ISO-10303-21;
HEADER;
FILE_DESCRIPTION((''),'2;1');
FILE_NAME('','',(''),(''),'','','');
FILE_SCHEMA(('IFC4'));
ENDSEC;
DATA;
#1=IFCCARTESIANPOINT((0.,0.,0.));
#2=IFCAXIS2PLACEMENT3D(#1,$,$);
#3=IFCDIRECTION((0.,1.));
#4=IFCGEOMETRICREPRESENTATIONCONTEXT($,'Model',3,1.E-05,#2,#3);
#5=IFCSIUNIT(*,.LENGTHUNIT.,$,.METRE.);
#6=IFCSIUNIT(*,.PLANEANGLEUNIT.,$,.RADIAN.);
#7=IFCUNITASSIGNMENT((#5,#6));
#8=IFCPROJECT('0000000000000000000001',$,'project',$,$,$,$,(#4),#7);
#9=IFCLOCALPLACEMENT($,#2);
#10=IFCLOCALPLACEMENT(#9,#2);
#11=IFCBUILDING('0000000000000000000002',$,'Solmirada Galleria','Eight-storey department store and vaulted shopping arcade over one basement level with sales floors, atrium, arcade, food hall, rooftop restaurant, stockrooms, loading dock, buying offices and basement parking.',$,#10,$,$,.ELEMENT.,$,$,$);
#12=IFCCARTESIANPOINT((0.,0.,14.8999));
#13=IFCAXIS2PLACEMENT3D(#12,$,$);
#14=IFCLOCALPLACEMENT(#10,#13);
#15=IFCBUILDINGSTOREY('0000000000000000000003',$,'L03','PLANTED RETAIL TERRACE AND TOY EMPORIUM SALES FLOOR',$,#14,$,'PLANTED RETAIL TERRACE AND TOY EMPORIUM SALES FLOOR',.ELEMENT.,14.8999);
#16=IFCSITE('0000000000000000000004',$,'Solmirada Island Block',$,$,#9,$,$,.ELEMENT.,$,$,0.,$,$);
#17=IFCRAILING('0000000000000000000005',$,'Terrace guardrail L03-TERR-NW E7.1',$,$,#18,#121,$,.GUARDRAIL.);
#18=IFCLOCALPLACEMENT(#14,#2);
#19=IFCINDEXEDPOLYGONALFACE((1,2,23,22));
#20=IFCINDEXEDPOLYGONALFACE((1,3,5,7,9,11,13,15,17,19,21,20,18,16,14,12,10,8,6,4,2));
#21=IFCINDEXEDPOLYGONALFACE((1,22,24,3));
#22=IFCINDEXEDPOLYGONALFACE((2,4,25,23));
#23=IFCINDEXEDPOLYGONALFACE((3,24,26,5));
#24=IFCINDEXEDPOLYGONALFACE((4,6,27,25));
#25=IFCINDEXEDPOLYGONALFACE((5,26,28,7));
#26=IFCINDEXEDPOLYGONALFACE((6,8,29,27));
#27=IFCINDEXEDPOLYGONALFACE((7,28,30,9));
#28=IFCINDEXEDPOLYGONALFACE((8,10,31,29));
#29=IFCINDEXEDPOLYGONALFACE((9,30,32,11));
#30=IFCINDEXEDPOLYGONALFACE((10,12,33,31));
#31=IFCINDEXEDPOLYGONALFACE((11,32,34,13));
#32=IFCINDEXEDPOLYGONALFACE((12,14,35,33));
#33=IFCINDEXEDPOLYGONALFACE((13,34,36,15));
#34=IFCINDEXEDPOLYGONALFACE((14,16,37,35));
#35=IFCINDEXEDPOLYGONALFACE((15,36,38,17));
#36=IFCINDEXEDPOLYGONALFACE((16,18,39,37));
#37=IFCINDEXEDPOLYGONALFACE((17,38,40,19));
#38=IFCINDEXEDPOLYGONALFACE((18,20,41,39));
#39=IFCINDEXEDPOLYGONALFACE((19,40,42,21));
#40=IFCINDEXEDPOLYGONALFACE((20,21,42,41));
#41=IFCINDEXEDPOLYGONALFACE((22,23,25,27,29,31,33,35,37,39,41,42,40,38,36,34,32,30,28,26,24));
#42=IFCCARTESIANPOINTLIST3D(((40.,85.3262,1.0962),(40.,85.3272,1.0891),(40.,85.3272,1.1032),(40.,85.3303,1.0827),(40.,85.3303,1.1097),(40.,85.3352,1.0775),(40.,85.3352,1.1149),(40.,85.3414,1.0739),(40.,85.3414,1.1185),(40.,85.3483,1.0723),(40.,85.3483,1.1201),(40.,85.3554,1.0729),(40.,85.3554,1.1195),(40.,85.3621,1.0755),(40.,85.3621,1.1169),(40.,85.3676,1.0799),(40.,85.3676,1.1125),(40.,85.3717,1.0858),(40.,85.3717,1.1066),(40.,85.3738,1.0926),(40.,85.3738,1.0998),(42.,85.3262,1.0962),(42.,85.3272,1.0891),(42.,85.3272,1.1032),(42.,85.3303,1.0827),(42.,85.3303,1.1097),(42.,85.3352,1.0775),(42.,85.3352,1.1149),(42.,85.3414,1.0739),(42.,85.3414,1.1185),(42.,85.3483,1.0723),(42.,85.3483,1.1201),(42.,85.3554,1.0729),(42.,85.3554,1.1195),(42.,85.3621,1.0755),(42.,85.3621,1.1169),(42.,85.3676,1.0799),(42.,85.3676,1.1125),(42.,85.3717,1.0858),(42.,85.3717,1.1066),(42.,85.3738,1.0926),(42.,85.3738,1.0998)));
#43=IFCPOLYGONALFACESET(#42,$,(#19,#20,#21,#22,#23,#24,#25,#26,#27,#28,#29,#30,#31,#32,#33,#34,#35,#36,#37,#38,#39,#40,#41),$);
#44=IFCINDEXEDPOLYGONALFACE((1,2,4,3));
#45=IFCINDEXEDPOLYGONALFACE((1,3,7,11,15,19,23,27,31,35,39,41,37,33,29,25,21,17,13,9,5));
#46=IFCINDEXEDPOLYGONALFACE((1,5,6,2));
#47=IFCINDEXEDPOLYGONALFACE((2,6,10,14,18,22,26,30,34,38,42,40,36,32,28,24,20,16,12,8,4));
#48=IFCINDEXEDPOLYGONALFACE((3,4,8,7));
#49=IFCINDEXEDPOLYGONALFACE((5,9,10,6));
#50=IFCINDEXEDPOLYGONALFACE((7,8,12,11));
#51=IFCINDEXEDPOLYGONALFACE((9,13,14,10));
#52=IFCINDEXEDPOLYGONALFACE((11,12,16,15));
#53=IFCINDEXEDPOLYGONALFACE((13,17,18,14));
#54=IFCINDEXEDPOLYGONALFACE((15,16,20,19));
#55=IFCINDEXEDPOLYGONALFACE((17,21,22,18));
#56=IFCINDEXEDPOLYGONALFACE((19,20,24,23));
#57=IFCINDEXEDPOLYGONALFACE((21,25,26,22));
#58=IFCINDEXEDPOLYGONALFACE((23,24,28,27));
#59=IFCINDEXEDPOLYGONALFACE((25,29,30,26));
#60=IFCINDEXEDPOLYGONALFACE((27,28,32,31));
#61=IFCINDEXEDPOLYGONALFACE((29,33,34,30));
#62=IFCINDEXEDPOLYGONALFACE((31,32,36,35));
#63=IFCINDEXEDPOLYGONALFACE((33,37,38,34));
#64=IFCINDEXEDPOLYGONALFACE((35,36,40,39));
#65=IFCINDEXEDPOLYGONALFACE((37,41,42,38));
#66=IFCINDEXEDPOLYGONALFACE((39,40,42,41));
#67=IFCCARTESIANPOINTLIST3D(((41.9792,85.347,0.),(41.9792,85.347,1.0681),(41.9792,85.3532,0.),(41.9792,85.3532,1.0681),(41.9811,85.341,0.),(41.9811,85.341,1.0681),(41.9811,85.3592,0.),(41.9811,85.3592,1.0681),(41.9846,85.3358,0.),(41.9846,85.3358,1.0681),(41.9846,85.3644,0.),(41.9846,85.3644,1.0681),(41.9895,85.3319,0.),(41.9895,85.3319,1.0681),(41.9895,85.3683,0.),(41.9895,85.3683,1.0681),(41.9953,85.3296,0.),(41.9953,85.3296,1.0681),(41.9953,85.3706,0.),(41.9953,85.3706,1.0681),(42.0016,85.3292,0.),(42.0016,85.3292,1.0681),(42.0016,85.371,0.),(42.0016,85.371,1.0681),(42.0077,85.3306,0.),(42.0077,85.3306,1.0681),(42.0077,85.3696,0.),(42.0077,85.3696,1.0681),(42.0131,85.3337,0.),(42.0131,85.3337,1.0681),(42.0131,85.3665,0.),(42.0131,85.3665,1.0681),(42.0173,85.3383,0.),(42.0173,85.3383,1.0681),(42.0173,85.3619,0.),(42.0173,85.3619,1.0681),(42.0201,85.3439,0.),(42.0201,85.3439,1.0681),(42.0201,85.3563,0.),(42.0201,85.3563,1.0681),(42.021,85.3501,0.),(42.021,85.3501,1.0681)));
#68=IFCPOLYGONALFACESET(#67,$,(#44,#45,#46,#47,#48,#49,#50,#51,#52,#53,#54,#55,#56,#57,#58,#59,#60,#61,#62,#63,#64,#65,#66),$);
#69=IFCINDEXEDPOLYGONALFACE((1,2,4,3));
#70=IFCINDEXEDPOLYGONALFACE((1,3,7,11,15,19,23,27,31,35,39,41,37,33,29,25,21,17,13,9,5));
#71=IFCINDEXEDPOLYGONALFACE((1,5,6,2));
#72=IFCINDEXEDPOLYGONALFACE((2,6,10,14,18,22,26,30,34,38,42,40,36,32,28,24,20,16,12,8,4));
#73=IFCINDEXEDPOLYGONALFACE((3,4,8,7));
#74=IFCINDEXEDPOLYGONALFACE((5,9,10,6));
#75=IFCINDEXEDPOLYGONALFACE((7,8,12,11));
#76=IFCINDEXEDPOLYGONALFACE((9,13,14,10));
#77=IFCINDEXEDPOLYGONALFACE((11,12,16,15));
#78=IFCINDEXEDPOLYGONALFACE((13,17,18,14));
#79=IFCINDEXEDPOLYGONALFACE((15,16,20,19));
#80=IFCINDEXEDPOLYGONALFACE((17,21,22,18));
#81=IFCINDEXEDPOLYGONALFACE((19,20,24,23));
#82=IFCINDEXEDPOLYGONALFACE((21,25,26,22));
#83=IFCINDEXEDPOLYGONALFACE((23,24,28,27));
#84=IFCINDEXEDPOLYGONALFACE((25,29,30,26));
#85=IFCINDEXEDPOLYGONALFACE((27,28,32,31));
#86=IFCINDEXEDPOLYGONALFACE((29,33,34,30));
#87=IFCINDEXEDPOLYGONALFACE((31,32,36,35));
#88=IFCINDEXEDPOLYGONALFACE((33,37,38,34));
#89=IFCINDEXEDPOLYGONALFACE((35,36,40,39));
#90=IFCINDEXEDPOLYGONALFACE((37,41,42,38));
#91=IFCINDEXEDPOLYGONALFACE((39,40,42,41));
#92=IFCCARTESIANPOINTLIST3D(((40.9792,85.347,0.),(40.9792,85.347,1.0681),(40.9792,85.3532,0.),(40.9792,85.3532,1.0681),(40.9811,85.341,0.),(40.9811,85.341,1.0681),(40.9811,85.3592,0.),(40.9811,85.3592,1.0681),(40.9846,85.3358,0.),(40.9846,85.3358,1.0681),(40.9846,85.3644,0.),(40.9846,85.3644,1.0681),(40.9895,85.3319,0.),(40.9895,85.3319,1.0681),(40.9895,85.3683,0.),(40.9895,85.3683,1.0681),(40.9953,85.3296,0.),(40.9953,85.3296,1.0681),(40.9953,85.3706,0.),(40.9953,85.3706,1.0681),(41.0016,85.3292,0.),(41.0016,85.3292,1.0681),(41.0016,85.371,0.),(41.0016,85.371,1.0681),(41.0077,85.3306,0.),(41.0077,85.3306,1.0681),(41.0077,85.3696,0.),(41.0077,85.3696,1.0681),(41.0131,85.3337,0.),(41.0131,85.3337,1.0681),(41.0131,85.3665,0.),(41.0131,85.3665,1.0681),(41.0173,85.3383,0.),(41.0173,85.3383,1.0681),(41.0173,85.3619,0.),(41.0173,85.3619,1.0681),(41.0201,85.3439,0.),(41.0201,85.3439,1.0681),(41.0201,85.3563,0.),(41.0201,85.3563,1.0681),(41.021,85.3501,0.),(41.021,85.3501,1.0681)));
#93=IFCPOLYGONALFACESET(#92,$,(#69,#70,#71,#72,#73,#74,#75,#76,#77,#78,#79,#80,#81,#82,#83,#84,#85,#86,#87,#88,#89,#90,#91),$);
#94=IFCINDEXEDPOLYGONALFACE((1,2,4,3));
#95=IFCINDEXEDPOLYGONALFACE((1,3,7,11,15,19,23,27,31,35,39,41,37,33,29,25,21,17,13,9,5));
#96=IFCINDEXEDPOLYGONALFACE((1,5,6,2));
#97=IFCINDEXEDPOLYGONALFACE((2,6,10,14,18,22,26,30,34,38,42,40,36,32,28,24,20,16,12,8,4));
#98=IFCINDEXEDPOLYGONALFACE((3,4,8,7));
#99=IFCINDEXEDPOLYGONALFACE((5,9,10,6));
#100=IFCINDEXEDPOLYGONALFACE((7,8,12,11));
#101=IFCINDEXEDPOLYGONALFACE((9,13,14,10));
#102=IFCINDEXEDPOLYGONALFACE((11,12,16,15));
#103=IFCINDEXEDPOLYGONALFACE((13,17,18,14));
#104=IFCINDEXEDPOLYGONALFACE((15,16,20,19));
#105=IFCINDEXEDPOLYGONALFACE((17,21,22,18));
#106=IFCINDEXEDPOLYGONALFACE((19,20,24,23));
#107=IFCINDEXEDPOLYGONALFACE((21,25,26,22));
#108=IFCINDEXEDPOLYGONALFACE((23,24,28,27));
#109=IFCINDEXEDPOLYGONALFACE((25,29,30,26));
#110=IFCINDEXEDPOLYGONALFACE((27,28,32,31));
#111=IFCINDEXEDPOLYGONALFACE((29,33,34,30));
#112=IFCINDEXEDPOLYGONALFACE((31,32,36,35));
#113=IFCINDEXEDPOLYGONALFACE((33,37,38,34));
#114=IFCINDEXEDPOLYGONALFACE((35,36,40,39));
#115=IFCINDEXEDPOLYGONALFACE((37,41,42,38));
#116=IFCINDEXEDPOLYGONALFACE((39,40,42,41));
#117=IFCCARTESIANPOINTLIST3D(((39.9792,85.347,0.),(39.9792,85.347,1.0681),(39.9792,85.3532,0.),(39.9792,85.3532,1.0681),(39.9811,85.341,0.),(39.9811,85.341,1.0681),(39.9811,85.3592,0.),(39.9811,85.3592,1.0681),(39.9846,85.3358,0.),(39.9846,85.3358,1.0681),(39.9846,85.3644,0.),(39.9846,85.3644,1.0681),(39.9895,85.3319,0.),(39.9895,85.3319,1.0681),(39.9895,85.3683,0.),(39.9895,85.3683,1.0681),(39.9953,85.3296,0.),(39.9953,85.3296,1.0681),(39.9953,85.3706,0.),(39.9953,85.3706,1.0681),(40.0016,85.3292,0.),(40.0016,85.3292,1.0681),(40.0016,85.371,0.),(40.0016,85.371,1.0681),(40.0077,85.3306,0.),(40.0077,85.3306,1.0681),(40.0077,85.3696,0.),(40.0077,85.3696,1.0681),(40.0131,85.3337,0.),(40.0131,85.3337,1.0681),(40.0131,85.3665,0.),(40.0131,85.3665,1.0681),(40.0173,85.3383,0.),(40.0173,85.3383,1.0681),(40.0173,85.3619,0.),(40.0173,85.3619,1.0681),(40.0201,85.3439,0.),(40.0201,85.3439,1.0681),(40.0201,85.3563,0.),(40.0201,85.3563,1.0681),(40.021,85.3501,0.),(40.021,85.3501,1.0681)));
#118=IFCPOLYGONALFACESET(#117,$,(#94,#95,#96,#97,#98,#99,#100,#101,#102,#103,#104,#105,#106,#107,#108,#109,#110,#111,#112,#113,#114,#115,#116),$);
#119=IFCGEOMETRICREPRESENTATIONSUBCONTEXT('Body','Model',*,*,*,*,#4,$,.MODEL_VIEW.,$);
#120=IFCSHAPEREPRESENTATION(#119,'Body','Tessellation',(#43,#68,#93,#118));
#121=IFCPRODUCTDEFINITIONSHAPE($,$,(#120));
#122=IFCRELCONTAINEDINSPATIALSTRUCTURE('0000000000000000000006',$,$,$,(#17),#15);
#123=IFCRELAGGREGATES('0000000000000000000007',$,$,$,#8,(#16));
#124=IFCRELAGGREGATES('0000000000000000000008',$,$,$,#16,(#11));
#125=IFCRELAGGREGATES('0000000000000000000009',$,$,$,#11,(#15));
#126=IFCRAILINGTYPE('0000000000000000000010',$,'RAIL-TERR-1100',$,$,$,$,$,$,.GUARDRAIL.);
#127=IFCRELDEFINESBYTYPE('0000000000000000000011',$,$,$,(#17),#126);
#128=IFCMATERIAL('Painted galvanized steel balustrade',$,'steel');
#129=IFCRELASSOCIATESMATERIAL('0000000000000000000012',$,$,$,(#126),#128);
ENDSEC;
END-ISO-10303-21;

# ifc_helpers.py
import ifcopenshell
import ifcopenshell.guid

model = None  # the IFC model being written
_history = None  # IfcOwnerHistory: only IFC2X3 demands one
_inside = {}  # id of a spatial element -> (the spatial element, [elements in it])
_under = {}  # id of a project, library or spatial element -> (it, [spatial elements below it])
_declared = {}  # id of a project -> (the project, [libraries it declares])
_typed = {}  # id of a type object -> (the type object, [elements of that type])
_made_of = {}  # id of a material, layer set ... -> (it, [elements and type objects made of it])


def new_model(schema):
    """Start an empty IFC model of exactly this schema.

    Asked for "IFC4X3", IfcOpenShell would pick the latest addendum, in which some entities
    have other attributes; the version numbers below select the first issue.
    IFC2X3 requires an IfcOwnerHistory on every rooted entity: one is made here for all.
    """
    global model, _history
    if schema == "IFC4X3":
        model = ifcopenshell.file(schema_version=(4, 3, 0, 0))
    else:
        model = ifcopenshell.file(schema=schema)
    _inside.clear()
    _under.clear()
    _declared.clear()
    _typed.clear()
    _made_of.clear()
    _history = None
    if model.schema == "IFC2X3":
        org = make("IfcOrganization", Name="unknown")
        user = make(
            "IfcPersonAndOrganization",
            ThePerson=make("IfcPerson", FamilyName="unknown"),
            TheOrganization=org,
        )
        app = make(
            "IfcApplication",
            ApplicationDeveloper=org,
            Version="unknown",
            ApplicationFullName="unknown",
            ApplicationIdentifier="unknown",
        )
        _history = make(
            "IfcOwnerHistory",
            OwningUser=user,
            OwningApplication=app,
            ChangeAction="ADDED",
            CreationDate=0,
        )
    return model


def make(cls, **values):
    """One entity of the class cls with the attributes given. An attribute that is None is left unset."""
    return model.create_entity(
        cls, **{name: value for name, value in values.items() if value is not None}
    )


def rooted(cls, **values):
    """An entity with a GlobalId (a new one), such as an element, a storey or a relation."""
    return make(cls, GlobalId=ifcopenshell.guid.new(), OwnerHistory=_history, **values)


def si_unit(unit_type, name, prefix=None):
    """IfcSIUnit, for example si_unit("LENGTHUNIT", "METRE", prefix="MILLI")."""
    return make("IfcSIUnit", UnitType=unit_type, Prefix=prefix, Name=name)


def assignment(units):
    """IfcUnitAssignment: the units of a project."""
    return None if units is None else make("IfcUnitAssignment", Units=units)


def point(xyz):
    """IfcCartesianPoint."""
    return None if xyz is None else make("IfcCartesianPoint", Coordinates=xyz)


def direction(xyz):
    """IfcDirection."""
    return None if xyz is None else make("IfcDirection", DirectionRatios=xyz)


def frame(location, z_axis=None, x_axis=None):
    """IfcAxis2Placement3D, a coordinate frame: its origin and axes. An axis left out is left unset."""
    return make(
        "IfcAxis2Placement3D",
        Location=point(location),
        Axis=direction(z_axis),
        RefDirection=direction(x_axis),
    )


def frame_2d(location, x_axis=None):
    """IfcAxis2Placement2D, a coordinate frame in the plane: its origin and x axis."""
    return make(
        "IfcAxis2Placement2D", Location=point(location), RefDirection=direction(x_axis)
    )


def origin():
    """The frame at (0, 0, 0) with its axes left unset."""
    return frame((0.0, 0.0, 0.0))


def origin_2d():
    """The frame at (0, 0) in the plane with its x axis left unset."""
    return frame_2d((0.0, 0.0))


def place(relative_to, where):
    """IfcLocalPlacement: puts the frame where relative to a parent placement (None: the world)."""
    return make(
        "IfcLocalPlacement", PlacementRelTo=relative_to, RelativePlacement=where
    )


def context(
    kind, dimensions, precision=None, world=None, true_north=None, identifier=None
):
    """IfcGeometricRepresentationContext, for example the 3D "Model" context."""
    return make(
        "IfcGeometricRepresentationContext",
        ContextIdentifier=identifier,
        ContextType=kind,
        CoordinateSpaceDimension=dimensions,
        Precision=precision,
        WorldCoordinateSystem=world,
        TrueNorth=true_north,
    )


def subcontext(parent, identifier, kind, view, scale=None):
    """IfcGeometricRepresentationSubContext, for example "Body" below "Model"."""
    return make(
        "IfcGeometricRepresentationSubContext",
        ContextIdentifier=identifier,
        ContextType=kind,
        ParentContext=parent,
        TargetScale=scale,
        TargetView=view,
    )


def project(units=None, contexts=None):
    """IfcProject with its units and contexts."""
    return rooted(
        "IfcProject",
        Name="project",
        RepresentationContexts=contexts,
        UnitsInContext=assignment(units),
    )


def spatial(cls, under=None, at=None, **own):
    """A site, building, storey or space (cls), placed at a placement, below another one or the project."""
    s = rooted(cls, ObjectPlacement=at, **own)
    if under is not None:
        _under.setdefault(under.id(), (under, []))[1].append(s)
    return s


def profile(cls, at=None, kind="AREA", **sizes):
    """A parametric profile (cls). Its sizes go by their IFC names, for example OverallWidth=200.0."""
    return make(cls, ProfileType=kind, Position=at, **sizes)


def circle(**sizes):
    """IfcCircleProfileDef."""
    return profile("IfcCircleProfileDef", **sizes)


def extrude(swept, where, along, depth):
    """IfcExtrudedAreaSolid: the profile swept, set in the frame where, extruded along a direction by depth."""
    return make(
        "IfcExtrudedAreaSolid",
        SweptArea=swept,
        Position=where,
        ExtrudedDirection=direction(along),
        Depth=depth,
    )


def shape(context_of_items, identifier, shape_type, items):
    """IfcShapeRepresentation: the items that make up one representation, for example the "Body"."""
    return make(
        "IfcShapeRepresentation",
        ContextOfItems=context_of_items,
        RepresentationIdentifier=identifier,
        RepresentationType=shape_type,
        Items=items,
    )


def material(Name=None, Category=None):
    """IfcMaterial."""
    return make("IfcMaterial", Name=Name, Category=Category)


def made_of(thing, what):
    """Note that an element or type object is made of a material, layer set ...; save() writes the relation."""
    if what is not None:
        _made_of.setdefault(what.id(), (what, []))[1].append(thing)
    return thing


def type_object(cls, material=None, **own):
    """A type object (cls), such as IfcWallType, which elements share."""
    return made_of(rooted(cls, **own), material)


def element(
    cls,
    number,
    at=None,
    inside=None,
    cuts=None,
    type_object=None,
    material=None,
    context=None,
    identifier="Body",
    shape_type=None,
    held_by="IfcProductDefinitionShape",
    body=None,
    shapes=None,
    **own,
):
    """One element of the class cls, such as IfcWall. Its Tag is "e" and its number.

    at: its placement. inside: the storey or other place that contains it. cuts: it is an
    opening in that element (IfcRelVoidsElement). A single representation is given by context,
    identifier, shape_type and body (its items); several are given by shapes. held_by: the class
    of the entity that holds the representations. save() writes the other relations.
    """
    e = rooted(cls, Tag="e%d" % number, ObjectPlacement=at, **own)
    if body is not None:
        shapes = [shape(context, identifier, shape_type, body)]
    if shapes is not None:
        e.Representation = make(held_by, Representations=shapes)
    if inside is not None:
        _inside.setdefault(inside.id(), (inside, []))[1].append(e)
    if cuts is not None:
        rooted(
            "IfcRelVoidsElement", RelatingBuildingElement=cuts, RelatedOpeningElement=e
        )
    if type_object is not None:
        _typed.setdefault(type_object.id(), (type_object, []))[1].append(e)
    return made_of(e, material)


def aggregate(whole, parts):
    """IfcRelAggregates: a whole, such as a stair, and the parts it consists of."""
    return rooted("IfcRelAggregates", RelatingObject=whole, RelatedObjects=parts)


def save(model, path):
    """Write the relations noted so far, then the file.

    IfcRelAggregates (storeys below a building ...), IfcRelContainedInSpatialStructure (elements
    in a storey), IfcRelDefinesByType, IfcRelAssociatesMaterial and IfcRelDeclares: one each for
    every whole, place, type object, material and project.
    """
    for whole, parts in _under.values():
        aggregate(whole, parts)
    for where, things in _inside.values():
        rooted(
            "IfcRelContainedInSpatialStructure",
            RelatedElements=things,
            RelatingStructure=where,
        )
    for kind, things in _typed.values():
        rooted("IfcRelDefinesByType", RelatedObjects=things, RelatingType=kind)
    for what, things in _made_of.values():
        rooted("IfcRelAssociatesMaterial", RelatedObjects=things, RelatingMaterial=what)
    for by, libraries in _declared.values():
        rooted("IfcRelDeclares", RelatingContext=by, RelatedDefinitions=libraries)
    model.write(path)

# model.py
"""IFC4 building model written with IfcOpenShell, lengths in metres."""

from ifc_helpers import new_model, si_unit, direction, frame, origin, origin_2d, place, context, subcontext, project, spatial, circle, extrude, material, type_object, element, save


model = new_model("IFC4")

# Units and contexts
model_context = context("Model", 3, precision=1e-05, world=origin(), true_north=direction((0.0, 1.0)))
body_context = subcontext(model_context, "Body", "Model", "MODEL_VIEW")
ifc_project = project(units=[si_unit("LENGTHUNIT", "METRE"), si_unit("PLANEANGLEUNIT", "RADIAN")], contexts=[model_context])

# Site, building, storey
site_placement = place(None, origin())
site = spatial("IfcSite", under=ifc_project, at=site_placement, Name="Solmirada Island Block", CompositionType="ELEMENT", RefElevation=0.0)
building_placement = place(site_placement, origin())
building = spatial("IfcBuilding", under=site, at=building_placement, Name="Solmirada Galleria", Description="Eight-storey department store and vaulted shopping arcade over one basement level with sales floors, atrium, arcade, food hall, rooftop restaurant, stockrooms, loading dock, buying offices and basement parking.", CompositionType="ELEMENT")
storey_placement = place(building_placement, frame((0.0, 0.0, 14.8999)))
storey = spatial("IfcBuildingStorey", under=building, at=storey_placement, Name="L03", Description="PLANTED RETAIL TERRACE AND TOY EMPORIUM SALES FLOOR", LongName="PLANTED RETAIL TERRACE AND TOY EMPORIUM SALES FLOOR", CompositionType="ELEMENT", Elevation=14.8999)

# Railing
ifc_material_1 = material(Name="Painted galvanized steel balustrade", Category="steel")
railing_type = type_object("IfcRailingType", Name="RAIL-TERR-1100", PredefinedType="GUARDRAIL", material=ifc_material_1)
railing_1_placement = place(storey_placement, frame((42.0, 85.3501, 0.0)))
element("IfcRailing", 1, at=railing_1_placement, inside=storey, type_object=railing_type, Name="Terrace guardrail L03-TERR-NW E7.1", PredefinedType="GUARDRAIL", context=body_context, shape_type="SweptSolid", body=[
    extrude(circle(Radius=0.0239, at=origin_2d()), frame((0.0, 0.0, 1.0962), z_axis=(-1.0, 0.0, 0.0), x_axis=(0.0, -1.0, 0.0)), (0.0, 0.0, 1.0), 2.0),
    extrude(circle(Radius=0.021, at=origin_2d()), origin(), (0.0, 0.0, 1.0), 1.0681),
    extrude(circle(Radius=0.021, at=origin_2d()), frame((-1.0, 0.0, 0.0)), (0.0, 0.0, 1.0), 1.0681),
    extrude(circle(Radius=0.021, at=origin_2d()), frame((-2.0, 0.0, 0.0)), (0.0, 0.0, 1.0), 1.0681),
])

save(model, "model.ifc")
